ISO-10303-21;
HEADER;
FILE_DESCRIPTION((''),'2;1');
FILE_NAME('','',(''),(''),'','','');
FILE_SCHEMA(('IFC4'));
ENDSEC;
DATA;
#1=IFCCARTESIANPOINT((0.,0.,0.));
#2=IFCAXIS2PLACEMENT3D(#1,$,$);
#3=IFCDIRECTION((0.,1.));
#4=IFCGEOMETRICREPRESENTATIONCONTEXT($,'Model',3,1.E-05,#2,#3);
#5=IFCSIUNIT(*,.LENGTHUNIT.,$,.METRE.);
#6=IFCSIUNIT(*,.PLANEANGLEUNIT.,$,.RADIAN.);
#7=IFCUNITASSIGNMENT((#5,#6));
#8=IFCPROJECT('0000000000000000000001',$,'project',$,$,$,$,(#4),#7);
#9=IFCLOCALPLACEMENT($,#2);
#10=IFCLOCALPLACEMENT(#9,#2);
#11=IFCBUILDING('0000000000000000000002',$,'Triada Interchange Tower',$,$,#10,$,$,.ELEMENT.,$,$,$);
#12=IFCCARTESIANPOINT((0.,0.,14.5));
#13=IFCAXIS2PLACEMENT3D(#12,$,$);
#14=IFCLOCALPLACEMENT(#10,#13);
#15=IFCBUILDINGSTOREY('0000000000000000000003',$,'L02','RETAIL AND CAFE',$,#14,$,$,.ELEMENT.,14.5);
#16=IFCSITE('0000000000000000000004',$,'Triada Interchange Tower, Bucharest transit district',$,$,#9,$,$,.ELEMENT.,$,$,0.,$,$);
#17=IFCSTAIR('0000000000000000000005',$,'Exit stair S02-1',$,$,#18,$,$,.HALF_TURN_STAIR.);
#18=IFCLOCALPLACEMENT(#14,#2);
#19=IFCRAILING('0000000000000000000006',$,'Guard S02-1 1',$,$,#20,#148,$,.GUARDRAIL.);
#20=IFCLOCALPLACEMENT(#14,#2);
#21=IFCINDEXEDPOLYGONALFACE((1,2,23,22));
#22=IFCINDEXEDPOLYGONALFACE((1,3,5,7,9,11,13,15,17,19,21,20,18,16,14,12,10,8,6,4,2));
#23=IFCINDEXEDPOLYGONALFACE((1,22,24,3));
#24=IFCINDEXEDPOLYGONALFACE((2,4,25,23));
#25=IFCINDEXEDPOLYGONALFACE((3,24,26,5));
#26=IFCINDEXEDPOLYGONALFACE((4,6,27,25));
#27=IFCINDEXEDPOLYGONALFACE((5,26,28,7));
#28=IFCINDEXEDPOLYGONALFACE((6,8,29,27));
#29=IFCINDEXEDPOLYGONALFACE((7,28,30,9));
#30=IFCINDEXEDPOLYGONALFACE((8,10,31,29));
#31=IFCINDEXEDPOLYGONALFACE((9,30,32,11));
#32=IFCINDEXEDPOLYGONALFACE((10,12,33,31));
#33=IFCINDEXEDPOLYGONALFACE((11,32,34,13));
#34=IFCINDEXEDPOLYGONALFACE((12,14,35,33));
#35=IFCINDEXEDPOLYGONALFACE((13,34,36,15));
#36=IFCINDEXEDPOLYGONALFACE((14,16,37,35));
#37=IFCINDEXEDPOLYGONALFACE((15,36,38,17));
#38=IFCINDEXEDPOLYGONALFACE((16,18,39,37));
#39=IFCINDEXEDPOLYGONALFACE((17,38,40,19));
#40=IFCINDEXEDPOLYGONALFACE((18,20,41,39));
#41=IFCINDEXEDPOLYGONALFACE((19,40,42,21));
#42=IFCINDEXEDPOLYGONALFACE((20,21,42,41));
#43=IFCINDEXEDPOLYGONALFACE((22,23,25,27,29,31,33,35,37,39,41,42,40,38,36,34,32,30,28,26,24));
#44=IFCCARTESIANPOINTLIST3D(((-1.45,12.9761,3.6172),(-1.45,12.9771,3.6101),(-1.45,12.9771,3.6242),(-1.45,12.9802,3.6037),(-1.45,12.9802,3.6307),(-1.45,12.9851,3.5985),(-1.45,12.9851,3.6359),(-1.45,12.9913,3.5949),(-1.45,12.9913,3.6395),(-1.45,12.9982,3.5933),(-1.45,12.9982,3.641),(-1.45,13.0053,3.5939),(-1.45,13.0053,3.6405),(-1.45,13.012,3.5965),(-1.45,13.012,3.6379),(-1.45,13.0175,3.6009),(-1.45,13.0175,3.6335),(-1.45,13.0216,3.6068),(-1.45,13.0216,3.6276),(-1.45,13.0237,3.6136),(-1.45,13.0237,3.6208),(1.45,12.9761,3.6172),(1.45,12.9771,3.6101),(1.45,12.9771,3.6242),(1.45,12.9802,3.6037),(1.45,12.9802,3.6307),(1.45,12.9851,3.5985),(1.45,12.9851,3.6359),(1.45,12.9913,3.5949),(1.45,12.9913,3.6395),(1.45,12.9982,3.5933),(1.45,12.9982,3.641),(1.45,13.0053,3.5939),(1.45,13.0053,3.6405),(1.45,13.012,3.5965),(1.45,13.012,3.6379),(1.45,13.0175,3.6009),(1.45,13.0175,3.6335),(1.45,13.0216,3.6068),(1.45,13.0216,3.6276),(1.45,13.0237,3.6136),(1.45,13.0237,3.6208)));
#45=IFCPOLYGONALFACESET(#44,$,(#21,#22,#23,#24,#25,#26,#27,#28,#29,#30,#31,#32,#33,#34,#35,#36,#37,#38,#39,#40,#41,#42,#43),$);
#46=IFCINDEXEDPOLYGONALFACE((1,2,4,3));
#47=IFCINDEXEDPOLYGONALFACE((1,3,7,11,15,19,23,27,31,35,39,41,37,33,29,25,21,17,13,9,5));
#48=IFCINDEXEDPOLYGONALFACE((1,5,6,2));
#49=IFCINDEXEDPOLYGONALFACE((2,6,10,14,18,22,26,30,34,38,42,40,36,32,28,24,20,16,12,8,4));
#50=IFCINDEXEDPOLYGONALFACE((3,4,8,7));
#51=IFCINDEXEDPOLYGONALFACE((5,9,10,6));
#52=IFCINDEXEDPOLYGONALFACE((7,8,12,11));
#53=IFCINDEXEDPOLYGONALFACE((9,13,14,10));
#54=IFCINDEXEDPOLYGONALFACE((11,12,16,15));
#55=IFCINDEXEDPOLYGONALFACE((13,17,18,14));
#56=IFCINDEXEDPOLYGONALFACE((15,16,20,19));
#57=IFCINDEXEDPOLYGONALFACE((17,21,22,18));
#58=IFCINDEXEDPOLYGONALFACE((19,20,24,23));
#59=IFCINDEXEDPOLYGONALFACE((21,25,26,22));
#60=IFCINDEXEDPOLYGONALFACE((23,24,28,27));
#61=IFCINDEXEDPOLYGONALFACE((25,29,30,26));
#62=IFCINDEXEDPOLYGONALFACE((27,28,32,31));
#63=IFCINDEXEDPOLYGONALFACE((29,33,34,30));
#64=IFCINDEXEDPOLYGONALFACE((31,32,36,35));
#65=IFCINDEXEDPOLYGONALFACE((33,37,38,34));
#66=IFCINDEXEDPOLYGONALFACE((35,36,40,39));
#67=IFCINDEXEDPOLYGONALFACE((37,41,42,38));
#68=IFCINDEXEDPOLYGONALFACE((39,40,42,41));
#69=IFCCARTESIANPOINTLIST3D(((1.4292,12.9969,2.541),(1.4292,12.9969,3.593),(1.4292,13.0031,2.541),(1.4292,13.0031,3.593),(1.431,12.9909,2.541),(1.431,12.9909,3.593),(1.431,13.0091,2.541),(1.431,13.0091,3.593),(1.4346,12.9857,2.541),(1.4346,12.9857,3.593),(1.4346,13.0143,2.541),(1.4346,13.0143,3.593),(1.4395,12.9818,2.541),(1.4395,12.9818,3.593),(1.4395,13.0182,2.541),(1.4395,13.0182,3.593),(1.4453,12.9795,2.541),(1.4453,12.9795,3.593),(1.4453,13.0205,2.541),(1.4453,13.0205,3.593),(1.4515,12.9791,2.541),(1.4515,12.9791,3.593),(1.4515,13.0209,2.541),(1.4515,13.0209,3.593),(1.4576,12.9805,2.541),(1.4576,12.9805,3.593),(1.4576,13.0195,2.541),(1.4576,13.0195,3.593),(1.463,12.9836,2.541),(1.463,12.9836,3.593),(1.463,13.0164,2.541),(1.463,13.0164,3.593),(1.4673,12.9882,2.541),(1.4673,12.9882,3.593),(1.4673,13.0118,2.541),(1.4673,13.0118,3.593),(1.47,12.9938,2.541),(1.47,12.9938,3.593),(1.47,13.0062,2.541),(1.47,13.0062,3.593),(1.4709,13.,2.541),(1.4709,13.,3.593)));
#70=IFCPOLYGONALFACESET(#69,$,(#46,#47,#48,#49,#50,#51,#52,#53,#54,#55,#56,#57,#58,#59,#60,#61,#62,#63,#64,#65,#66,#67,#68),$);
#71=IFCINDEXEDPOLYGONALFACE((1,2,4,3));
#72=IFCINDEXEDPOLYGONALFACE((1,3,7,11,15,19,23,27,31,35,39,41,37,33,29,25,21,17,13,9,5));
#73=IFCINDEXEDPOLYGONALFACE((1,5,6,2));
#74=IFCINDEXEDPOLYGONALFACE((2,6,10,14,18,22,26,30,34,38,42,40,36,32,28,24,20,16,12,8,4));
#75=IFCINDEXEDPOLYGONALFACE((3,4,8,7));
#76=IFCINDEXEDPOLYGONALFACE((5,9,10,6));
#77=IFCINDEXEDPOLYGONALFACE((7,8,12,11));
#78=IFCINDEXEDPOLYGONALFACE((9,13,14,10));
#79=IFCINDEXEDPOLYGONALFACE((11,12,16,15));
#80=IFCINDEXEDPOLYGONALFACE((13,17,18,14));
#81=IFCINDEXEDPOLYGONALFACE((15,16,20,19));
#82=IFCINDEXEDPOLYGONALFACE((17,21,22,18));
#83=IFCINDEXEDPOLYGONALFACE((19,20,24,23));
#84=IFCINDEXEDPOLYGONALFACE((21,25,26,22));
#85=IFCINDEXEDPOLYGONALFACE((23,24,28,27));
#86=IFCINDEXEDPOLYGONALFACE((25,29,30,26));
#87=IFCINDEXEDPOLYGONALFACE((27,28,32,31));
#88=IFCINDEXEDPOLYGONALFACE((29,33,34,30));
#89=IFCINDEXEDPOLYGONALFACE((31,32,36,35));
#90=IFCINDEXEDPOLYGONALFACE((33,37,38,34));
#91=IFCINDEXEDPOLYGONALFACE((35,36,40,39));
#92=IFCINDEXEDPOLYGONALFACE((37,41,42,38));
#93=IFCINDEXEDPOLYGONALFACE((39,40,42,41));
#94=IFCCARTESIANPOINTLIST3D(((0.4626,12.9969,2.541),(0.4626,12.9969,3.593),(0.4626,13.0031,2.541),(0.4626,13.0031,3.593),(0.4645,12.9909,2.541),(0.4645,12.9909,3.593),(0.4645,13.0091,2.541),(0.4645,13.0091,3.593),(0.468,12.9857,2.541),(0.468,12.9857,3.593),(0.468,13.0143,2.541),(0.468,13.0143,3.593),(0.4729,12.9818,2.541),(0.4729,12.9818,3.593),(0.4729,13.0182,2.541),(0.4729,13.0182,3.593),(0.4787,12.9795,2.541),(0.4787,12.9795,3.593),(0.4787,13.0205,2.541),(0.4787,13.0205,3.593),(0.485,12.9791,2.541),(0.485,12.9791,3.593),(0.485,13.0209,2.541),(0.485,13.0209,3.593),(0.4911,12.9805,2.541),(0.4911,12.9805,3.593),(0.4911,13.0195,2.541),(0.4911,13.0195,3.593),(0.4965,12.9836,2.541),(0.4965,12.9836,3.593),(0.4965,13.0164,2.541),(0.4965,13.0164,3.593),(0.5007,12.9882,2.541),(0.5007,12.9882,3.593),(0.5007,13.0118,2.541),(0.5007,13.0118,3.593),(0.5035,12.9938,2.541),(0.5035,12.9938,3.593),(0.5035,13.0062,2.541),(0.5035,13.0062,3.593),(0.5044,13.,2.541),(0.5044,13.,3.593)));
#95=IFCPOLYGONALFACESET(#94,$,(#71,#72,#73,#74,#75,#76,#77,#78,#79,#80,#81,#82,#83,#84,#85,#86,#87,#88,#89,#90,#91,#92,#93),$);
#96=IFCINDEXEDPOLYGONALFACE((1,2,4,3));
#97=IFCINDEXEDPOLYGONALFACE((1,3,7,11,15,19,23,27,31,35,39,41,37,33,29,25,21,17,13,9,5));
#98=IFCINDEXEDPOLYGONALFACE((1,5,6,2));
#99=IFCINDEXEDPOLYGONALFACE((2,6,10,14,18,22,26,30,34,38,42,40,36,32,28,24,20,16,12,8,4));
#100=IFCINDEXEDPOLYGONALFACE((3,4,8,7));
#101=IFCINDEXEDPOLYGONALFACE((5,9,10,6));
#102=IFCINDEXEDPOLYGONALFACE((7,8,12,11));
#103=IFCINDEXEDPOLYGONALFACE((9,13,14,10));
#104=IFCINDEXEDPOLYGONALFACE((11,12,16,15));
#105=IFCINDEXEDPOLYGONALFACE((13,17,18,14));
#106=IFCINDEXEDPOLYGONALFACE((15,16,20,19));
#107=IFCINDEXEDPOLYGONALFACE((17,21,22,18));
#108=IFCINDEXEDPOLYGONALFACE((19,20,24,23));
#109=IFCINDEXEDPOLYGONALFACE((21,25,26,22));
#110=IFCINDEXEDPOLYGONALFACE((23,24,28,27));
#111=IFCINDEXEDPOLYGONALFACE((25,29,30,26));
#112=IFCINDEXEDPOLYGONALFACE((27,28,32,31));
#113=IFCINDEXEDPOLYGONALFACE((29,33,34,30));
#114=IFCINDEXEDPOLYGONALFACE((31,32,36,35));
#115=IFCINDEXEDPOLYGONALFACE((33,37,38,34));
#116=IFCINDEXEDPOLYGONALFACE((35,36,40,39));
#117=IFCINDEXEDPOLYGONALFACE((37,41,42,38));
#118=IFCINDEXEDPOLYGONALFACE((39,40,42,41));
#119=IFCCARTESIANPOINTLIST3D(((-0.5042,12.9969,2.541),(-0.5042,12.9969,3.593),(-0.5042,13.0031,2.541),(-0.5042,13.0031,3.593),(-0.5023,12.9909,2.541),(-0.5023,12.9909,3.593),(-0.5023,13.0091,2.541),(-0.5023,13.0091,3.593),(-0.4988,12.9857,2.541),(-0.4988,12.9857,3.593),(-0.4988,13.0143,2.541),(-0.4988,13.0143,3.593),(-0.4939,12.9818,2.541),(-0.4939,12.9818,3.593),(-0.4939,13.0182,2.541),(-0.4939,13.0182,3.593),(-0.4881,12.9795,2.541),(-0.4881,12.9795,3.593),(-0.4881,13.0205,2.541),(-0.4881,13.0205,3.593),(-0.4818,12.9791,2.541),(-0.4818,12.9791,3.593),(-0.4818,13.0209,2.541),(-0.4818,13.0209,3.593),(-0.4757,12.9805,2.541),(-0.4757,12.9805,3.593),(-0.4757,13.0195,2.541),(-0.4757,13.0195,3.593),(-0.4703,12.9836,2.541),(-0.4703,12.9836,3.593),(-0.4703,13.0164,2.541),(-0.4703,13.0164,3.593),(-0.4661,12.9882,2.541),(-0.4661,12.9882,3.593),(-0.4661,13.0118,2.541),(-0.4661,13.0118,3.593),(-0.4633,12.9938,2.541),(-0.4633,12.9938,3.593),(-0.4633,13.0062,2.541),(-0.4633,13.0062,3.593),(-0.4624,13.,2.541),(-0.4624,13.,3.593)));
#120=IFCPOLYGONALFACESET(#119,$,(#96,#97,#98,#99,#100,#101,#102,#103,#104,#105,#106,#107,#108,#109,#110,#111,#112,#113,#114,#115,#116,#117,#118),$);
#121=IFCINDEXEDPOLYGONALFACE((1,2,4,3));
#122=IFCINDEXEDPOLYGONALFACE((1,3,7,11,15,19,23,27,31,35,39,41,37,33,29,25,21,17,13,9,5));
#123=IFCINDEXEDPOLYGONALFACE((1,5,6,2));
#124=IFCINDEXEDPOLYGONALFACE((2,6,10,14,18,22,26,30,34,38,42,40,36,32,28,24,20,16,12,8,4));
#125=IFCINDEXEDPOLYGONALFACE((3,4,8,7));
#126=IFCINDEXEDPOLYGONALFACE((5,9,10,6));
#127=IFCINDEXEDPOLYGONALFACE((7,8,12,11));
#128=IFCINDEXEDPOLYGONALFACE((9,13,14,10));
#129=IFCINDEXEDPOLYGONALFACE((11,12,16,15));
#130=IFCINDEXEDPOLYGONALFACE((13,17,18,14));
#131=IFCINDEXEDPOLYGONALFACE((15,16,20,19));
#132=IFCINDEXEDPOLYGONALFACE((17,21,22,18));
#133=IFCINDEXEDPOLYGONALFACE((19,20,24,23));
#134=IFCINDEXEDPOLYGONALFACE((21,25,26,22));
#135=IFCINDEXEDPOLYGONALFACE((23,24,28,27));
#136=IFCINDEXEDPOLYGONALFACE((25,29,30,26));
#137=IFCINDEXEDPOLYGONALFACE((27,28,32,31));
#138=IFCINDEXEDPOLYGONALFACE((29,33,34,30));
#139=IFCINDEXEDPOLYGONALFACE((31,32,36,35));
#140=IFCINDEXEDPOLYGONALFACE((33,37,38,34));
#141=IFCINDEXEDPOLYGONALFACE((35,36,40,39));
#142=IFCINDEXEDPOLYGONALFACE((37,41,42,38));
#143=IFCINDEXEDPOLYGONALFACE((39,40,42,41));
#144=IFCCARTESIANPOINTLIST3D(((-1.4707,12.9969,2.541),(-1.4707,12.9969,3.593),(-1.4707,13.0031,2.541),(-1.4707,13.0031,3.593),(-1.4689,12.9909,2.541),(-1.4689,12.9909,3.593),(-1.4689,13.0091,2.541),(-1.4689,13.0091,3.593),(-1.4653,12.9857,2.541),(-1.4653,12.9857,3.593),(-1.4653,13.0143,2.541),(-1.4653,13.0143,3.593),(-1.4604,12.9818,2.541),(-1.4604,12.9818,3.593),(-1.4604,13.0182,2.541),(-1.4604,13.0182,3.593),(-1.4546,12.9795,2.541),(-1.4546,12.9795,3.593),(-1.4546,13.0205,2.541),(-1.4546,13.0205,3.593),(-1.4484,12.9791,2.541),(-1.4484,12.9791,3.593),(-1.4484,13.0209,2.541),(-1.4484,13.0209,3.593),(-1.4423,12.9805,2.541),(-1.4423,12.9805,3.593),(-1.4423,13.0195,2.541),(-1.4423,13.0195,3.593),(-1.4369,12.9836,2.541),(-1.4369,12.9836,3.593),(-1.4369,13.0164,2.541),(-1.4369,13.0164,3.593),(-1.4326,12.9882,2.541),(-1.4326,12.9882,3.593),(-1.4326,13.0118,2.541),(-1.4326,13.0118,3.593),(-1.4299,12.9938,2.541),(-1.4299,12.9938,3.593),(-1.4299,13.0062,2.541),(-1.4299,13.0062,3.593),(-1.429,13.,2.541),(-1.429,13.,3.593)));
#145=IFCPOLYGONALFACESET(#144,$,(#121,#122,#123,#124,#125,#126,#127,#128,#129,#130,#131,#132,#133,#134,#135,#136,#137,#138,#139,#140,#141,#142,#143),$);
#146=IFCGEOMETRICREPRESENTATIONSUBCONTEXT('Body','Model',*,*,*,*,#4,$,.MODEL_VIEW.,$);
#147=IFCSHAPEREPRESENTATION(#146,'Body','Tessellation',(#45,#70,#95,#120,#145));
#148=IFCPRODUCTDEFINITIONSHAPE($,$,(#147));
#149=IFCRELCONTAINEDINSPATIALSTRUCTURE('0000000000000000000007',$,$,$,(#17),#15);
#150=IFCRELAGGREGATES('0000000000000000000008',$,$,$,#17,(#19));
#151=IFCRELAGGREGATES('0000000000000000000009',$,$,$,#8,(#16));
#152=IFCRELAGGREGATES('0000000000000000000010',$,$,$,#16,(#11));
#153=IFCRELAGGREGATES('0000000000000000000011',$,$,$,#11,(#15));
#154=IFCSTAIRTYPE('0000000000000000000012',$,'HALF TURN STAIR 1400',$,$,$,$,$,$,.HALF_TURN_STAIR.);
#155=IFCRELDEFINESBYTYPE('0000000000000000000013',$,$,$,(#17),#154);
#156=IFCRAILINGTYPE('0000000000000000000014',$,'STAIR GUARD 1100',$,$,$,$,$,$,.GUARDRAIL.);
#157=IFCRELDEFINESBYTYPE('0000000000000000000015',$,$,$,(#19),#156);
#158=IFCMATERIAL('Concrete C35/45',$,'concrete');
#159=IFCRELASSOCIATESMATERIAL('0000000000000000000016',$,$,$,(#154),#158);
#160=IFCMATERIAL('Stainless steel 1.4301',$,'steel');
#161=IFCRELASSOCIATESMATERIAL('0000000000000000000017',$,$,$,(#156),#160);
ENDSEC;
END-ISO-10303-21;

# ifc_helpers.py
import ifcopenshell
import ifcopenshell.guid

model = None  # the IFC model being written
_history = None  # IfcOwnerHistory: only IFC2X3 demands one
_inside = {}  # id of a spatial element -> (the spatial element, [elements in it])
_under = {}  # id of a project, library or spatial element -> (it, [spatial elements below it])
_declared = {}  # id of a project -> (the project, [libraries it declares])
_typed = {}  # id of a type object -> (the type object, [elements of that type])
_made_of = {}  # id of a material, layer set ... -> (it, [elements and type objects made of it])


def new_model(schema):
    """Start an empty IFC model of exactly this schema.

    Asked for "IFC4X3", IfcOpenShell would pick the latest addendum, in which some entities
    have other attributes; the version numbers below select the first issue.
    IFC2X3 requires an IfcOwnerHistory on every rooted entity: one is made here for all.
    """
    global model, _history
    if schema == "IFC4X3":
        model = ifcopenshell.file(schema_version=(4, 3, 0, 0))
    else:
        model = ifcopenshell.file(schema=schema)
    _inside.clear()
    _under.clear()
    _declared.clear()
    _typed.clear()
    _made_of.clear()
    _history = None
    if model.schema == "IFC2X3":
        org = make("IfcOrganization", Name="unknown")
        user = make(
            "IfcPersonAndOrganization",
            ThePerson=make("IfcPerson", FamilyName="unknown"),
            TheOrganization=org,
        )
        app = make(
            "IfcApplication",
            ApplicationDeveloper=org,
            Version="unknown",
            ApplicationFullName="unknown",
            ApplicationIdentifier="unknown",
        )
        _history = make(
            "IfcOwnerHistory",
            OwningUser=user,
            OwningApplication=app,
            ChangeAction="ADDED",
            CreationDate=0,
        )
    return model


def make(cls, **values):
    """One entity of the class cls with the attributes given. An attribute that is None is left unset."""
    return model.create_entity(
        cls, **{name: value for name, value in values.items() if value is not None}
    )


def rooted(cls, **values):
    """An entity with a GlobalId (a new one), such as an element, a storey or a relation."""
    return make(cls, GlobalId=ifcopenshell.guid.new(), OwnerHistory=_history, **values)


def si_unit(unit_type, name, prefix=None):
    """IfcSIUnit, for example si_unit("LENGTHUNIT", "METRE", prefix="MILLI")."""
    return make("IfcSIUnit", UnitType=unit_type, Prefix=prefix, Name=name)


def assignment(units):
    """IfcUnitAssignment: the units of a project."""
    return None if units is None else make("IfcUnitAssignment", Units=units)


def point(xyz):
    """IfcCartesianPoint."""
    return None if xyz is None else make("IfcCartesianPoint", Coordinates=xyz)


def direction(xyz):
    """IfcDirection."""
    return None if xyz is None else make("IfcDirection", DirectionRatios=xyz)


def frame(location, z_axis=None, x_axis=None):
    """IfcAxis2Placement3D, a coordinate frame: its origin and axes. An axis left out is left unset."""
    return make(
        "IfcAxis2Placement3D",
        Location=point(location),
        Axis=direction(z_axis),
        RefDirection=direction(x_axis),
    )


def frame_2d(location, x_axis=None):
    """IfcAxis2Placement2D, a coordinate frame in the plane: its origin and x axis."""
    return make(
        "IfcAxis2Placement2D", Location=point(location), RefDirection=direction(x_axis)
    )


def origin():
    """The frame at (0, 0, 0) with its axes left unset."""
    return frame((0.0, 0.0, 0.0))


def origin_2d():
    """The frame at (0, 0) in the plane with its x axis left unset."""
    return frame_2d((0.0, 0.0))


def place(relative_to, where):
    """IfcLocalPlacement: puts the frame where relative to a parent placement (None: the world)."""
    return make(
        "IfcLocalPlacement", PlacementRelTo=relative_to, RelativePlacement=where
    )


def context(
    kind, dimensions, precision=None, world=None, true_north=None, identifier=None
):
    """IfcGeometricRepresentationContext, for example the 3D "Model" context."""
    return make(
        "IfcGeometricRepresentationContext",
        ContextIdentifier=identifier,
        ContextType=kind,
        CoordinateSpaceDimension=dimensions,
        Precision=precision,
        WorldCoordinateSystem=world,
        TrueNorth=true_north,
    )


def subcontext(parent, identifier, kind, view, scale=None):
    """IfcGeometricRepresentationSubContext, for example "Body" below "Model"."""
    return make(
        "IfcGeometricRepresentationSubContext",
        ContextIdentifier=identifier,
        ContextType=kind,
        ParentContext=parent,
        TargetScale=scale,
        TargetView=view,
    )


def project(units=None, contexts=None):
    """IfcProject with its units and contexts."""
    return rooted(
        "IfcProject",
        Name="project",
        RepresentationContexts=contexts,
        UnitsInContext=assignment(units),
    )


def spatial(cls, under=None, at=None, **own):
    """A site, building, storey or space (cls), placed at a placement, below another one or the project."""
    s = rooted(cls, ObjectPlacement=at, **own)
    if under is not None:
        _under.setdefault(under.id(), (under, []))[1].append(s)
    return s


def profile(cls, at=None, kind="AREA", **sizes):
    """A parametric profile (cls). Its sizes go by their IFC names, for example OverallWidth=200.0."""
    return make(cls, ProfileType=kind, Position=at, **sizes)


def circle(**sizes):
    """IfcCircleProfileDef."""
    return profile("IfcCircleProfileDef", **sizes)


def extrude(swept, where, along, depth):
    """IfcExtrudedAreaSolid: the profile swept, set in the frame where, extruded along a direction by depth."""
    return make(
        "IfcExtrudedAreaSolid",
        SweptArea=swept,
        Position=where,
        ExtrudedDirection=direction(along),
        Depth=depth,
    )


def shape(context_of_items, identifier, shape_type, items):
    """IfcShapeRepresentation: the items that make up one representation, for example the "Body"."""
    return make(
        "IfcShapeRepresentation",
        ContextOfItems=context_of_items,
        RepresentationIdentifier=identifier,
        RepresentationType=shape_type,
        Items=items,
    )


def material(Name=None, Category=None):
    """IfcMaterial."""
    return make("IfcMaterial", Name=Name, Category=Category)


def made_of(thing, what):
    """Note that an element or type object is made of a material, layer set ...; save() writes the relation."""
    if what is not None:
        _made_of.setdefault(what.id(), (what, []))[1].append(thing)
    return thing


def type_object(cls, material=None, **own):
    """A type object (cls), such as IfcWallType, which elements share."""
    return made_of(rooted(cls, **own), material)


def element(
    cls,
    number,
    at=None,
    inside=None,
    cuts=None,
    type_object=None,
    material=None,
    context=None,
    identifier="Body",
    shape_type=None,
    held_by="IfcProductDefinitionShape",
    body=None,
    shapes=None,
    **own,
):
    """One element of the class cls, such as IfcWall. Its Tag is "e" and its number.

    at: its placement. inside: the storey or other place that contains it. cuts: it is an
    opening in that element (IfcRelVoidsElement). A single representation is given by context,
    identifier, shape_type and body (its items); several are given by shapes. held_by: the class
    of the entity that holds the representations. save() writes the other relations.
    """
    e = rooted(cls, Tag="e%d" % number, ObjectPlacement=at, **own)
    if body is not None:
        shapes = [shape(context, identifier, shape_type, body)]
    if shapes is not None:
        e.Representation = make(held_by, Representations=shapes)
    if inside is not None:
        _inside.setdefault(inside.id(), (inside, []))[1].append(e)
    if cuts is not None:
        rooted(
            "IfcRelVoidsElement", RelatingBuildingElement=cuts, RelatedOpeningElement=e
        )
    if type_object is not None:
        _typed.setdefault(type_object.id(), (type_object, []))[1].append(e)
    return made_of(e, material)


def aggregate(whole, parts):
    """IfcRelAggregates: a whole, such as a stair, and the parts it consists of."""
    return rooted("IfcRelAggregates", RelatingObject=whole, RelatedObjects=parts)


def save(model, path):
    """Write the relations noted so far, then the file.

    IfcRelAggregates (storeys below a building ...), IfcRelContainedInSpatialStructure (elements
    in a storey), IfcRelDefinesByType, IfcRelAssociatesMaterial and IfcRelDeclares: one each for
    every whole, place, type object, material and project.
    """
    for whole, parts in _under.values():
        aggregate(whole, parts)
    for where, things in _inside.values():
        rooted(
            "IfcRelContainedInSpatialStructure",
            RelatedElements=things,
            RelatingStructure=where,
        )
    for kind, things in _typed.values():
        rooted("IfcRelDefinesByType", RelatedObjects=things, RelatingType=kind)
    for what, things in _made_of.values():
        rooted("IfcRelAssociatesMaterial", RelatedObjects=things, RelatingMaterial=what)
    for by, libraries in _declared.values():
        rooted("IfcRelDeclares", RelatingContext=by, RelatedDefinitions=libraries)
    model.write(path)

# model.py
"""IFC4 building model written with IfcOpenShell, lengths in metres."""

from ifc_helpers import new_model, si_unit, direction, frame, origin, origin_2d, place, context, subcontext, project, spatial, circle, extrude, material, type_object, element, aggregate, save


model = new_model("IFC4")

# Units and contexts
model_context = context("Model", 3, precision=1e-05, world=origin(), true_north=direction((0.0, 1.0)))
body_context = subcontext(model_context, "Body", "Model", "MODEL_VIEW")
ifc_project = project(units=[si_unit("LENGTHUNIT", "METRE"), si_unit("PLANEANGLEUNIT", "RADIAN")], contexts=[model_context])

# Site, building, storey
site_placement = place(None, origin())
site = spatial("IfcSite", under=ifc_project, at=site_placement, Name="Triada Interchange Tower, Bucharest transit district", CompositionType="ELEMENT", RefElevation=0.0)
building_placement = place(site_placement, origin())
building = spatial("IfcBuilding", under=site, at=building_placement, Name="Triada Interchange Tower", CompositionType="ELEMENT")
storey_placement = place(building_placement, frame((0.0, 0.0, 14.5)))
storey = spatial("IfcBuildingStorey", under=building, at=storey_placement, Name="L02", Description="RETAIL AND CAFE", CompositionType="ELEMENT", Elevation=14.5)

# Shared definitions
ifc_material_1 = material(Name="Concrete C35/45", Category="concrete")

# Stair, railing
stair_type = type_object("IfcStairType", Name="HALF TURN STAIR 1400", PredefinedType="HALF_TURN_STAIR", material=ifc_material_1)
stair_placement = place(storey_placement, origin())
stair = element("IfcStair", 1, at=stair_placement, inside=storey, type_object=stair_type, Name="Exit stair S02-1", PredefinedType="HALF_TURN_STAIR")
ifc_material_2 = material(Name="Stainless steel 1.4301", Category="steel")
railing_type_1 = type_object("IfcRailingType", Name="STAIR GUARD 1100", PredefinedType="GUARDRAIL", material=ifc_material_2)
railing_1_placement = place(storey_placement, frame((1.45, 13.0, 2.541)))
railing_1 = element("IfcRailing", 2, at=railing_1_placement, type_object=railing_type_1, Name="Guard S02-1 1", PredefinedType="GUARDRAIL", context=body_context, shape_type="SweptSolid", body=[
    extrude(circle(Radius=0.0239, at=origin_2d()), frame((0.0, 0.0, 1.0762), z_axis=(-1.0, 0.0, 0.0), x_axis=(0.0, -1.0, 0.0)), (0.0, 0.0, 1.0), 2.8999),
    extrude(circle(Radius=0.021, at=origin_2d()), origin(), (0.0, 0.0, 1.0), 1.052),
    extrude(circle(Radius=0.021, at=origin_2d()), frame((-0.9666, 0.0, 0.0)), (0.0, 0.0, 1.0), 1.052),
    extrude(circle(Radius=0.021, at=origin_2d()), frame((-1.9333, 0.0, 0.0)), (0.0, 0.0, 1.0), 1.052),
    extrude(circle(Radius=0.021, at=origin_2d()), frame((-2.8999, 0.0, 0.0)), (0.0, 0.0, 1.0), 1.052),
])
aggregate(stair, [railing_1])

save(model, "model.ifc")
